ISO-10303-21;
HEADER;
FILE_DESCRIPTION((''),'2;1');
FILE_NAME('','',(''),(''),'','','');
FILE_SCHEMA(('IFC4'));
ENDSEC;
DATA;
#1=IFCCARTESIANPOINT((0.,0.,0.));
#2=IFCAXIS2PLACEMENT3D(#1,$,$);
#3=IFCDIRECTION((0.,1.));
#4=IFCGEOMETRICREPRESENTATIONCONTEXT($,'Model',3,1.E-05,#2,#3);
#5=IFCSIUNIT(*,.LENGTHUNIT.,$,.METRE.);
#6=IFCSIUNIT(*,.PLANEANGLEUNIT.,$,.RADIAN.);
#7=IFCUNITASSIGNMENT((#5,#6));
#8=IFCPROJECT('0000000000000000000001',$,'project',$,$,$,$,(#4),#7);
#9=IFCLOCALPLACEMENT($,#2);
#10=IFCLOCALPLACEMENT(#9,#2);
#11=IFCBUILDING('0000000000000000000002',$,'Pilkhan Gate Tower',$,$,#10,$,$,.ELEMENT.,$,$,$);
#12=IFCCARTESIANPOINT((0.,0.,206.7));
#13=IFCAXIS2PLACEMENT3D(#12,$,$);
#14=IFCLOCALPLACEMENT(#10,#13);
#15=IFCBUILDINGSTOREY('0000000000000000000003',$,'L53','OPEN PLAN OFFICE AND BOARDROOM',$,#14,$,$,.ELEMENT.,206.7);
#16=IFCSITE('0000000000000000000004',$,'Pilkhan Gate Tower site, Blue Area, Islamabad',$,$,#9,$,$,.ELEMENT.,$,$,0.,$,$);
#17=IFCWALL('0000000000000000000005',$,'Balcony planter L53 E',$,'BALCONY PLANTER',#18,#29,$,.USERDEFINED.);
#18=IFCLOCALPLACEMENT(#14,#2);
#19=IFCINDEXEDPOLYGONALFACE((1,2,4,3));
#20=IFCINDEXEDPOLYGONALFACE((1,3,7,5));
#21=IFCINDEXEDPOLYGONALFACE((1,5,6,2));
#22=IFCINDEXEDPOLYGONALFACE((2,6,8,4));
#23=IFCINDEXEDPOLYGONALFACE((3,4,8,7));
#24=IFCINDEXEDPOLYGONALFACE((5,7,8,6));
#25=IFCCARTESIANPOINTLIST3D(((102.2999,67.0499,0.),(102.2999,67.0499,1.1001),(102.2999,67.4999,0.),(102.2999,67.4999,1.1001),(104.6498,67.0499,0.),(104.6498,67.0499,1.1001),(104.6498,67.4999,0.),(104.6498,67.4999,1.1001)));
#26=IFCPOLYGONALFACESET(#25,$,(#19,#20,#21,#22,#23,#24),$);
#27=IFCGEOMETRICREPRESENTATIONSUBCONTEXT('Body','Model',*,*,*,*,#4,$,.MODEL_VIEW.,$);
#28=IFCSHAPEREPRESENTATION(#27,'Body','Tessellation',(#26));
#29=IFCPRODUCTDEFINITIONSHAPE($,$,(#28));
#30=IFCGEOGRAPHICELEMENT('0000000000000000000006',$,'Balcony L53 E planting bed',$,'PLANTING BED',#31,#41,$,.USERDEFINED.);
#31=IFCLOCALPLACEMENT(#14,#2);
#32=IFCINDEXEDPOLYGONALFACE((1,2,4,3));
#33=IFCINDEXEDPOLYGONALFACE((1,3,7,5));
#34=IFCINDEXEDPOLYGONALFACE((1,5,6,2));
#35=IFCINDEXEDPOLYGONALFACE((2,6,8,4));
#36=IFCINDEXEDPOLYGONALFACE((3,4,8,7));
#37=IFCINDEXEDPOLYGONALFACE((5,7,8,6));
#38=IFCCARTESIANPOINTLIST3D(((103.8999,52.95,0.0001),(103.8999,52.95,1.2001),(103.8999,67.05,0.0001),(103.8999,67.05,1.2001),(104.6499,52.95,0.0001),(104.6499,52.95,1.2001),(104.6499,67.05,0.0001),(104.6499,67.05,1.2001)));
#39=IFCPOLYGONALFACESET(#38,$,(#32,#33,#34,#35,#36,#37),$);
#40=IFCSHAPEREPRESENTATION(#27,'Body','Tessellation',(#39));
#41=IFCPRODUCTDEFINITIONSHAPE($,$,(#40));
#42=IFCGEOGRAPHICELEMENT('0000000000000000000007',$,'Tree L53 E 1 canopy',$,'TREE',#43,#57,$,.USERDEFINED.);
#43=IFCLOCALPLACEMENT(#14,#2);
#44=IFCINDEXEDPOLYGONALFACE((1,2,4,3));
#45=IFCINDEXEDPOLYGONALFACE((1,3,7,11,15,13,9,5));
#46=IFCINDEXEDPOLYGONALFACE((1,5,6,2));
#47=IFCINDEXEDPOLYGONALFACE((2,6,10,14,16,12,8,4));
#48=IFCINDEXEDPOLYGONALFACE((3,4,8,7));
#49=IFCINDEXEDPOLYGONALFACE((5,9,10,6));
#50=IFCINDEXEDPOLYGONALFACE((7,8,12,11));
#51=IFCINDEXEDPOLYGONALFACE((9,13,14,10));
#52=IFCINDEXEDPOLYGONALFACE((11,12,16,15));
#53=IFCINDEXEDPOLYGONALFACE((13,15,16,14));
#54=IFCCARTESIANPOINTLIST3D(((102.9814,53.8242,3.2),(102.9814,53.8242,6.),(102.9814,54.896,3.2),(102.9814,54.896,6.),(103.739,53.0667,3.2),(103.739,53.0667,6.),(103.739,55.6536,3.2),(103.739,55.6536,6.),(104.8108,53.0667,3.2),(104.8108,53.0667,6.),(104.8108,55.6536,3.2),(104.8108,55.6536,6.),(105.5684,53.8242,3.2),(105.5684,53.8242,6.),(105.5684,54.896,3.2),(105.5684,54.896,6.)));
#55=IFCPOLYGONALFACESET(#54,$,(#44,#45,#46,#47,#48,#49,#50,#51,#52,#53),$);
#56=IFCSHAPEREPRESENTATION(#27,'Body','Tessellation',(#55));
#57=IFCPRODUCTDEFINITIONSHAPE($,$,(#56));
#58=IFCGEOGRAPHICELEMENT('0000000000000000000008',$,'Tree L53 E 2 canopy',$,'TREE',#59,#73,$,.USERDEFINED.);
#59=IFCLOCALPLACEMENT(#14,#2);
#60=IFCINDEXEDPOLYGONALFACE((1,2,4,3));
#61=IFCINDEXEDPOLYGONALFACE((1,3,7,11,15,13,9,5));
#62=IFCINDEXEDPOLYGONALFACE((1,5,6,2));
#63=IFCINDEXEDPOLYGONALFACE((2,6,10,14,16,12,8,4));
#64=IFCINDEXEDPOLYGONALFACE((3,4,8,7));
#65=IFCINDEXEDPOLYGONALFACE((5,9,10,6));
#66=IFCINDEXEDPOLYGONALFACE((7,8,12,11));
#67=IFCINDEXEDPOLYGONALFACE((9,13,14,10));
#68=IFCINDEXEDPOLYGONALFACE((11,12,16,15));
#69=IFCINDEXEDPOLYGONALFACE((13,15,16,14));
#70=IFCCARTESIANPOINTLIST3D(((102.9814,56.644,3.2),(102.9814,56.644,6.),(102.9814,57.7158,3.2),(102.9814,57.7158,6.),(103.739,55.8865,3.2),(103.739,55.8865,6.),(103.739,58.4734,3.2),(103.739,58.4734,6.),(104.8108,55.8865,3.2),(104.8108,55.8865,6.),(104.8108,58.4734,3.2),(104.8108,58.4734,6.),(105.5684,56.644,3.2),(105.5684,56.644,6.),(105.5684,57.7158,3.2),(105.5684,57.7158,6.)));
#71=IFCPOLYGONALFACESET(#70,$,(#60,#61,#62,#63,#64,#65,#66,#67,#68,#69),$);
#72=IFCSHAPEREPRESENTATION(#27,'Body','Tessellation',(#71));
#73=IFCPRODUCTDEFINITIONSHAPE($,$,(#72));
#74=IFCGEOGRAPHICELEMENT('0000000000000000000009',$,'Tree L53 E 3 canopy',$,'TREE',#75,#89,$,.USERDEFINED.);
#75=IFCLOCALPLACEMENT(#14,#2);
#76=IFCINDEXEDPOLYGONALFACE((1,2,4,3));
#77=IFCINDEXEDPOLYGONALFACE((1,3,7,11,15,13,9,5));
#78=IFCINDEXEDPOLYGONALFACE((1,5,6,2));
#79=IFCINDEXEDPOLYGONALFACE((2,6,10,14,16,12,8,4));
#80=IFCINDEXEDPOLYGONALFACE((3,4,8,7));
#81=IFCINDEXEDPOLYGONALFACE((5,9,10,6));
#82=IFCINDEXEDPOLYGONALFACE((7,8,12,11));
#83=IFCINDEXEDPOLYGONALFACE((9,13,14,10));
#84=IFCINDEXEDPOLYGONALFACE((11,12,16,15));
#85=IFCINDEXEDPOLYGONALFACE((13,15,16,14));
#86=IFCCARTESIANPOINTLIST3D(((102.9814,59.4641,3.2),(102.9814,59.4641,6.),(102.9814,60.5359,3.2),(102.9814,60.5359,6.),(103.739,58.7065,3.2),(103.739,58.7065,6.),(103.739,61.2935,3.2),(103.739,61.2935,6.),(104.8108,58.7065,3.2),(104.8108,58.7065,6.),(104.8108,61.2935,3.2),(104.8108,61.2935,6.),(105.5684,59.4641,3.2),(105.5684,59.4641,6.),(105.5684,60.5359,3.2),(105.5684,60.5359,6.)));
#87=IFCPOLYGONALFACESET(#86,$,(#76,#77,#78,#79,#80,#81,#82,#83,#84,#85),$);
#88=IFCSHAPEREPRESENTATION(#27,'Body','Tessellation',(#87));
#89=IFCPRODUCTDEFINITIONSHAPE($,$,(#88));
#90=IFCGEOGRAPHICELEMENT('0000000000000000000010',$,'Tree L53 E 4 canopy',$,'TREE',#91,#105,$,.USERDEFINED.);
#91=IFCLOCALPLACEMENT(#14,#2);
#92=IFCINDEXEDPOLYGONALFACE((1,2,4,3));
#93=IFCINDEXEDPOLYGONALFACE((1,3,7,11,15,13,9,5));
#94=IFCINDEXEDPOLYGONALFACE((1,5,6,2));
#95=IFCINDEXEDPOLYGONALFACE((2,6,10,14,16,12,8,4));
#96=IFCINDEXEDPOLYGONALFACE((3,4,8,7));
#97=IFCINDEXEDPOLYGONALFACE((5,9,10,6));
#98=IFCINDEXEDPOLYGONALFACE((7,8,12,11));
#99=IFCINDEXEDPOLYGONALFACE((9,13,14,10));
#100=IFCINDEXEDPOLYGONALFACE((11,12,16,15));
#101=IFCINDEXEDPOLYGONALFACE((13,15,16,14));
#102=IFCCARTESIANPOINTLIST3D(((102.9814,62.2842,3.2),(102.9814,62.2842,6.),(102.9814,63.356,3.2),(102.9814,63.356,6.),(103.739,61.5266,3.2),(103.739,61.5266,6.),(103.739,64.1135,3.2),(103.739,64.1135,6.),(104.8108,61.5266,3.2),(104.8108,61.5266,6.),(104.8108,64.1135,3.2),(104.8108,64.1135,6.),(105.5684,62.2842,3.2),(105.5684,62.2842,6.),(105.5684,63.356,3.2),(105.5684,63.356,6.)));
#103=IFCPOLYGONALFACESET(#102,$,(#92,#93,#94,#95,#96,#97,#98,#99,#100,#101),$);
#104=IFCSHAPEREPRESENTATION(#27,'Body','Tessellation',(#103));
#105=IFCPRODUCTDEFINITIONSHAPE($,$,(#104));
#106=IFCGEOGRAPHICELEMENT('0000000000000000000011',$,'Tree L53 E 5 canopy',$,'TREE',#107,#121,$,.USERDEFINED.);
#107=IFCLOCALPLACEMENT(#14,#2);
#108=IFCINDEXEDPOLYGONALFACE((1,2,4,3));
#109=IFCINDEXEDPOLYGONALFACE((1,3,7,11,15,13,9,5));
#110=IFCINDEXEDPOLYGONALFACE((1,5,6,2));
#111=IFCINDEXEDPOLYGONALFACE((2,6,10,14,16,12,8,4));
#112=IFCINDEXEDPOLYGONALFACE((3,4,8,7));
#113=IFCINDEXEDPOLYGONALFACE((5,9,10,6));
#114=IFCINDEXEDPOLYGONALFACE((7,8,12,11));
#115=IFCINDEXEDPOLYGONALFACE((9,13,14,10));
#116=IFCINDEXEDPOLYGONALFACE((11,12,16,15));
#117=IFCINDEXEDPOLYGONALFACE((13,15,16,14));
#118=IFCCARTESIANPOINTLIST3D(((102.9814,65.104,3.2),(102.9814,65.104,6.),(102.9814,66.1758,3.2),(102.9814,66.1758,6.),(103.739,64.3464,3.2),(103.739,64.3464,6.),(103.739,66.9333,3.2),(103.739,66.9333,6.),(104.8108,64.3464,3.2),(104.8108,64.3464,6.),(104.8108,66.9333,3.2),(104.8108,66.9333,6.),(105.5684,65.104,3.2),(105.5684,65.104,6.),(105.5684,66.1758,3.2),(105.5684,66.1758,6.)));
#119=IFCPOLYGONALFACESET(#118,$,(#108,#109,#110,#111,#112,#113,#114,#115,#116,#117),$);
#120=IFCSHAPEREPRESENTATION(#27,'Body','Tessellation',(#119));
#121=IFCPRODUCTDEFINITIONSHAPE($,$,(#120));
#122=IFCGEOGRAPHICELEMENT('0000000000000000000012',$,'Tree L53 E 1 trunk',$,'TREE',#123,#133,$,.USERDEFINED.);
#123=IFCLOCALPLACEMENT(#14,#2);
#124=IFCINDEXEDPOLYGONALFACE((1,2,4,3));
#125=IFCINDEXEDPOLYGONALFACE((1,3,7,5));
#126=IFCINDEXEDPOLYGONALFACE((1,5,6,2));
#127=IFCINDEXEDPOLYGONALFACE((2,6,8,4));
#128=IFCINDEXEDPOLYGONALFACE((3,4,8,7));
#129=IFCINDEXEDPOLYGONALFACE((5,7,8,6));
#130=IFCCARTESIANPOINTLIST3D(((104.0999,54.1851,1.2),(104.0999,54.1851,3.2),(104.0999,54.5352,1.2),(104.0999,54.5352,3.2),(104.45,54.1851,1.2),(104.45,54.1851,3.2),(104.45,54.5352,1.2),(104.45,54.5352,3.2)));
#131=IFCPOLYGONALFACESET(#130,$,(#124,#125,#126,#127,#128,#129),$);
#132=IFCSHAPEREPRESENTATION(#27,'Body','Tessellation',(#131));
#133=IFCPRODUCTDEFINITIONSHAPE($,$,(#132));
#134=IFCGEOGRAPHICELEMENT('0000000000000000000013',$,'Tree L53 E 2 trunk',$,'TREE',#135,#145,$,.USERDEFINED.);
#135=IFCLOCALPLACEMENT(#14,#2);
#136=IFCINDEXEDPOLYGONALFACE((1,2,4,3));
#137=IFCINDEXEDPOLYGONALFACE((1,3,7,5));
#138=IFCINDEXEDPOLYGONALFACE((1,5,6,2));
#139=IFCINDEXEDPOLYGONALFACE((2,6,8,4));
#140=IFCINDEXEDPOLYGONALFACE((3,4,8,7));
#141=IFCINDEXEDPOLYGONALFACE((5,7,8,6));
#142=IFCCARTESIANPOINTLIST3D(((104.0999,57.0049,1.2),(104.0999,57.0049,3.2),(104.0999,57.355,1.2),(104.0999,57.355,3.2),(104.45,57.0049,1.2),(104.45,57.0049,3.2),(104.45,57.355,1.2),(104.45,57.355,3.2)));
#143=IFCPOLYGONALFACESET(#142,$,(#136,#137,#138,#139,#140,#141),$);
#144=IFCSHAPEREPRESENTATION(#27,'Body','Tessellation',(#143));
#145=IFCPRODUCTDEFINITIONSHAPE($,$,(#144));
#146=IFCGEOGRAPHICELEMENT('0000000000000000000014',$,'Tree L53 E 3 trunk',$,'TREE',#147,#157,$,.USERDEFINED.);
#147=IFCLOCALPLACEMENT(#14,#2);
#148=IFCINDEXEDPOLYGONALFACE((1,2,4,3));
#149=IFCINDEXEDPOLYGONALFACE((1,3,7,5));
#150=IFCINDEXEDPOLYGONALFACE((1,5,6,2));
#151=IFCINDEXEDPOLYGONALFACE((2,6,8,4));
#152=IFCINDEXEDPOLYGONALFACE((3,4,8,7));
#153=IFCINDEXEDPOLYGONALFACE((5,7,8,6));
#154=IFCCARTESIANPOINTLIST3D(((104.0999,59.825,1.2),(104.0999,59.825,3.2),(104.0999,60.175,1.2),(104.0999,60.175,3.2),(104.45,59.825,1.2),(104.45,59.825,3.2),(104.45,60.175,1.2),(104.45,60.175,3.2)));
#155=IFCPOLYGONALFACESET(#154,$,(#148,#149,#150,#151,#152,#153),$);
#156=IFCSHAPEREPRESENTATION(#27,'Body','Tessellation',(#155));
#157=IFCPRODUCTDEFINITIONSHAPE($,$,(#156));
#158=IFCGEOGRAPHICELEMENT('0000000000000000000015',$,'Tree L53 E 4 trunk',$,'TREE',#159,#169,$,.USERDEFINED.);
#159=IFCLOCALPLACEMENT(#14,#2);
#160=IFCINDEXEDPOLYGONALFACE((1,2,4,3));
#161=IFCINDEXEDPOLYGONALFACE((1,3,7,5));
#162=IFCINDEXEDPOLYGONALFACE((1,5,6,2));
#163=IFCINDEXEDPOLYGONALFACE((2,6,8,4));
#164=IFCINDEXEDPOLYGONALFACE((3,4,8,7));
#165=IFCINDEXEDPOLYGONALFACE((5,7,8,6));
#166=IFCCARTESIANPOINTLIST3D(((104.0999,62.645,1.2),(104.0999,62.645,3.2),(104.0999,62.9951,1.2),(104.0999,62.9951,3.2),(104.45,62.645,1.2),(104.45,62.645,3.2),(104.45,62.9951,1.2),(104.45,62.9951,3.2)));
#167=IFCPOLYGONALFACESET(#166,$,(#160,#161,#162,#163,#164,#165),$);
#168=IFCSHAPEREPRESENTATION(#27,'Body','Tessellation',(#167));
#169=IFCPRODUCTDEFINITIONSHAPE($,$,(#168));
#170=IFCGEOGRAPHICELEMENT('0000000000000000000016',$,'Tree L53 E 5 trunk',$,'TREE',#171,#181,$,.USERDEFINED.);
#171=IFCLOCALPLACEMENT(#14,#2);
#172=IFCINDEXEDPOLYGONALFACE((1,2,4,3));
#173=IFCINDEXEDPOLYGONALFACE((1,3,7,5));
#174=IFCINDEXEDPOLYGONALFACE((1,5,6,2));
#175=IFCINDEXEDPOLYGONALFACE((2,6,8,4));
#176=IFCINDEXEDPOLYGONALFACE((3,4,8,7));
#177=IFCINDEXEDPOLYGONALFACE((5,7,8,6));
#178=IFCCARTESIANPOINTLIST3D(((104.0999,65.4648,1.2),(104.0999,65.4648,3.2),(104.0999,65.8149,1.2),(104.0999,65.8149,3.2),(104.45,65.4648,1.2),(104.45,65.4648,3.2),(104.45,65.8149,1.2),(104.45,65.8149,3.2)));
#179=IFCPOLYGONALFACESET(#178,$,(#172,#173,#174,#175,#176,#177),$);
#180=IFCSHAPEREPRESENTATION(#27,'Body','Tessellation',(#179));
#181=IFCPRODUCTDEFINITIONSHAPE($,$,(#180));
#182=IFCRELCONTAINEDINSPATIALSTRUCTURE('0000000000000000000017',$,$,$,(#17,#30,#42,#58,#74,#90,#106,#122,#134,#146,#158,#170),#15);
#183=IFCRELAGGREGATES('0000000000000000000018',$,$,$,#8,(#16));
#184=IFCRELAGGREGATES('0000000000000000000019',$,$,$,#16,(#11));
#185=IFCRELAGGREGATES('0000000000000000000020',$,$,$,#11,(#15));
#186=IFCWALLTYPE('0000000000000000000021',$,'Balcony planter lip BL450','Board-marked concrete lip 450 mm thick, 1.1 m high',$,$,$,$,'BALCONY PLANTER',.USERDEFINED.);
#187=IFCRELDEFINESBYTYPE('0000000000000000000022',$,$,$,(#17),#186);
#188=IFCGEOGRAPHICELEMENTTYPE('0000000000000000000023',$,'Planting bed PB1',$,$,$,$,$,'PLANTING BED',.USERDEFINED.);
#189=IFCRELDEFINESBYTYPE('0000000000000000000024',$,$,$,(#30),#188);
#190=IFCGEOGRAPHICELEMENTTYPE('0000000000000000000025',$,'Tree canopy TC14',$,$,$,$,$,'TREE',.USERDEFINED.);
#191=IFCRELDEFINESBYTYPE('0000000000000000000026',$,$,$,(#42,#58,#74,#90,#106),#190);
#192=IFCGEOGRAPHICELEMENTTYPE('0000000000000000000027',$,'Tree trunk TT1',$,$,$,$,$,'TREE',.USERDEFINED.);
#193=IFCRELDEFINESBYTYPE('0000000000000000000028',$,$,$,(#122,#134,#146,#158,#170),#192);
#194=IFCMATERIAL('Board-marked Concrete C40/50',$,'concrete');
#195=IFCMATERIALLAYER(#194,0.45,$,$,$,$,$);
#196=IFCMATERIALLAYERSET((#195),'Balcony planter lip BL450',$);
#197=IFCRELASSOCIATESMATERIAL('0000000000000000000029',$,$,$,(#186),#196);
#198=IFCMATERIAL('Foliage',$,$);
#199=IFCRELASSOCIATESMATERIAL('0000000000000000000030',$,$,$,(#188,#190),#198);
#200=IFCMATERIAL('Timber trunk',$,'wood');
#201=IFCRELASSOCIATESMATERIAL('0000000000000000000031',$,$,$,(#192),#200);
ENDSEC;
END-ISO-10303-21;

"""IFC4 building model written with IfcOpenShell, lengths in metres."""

from ifc_helpers import new_model, si_unit, direction, frame, frame_2d, origin, origin_2d, place, context, subcontext, project, spatial, polyline, rectangle, outline, extrude, material, layer, layer_set, material_profile, profile_set, type_object, element, save


model = new_model("IFC4")

# Units and contexts
model_context = context("Model", 3, precision=1e-05, world=origin(), true_north=direction((0.0, 1.0)))
body_context = subcontext(model_context, "Body", "Model", "MODEL_VIEW")
ifc_project = project(units=[si_unit("LENGTHUNIT", "METRE"), si_unit("PLANEANGLEUNIT", "RADIAN")], contexts=[model_context])

# Site, building, storey
site_placement = place(None, origin())
site = spatial("IfcSite", under=ifc_project, at=site_placement, Name="Pilkhan Gate Tower site, Blue Area, Islamabad", CompositionType="ELEMENT", RefElevation=0.0)
building_placement = place(site_placement, origin())
building = spatial("IfcBuilding", under=site, at=building_placement, Name="Pilkhan Gate Tower", CompositionType="ELEMENT")
storey_placement = place(building_placement, frame((0.0, 0.0, 206.7)))
storey = spatial("IfcBuildingStorey", under=building, at=storey_placement, Name="L53", Description="OPEN PLAN OFFICE AND BOARDROOM", CompositionType="ELEMENT", Elevation=206.7)

# Wall
ifc_material_1 = material(Name="Board-marked Concrete C40/50", Category="concrete")
ifc_layer_1 = layer(ifc_material_1, 0.45)
ifc_layer_set_1 = layer_set([ifc_layer_1], Name="Balcony planter lip BL450")
wall_type_1 = type_object("IfcWallType", Name="Balcony planter lip BL450", Description="Board-marked concrete lip 450 mm thick, 1.1 m high", ElementType="BALCONY PLANTER", PredefinedType="USERDEFINED", material=ifc_layer_set_1)
for number, where, z_axis, x_axis, name in (
    (1, (102.3, 67.2749, 0.0), (0.0, 0.0, 1.0), (1.0, 0.0, 0.0), "Balcony planter L53 E"),
):
    element("IfcWall", number, at=place(storey_placement, frame(where, z_axis=z_axis, x_axis=x_axis)), inside=storey, type_object=wall_type_1, Name=name, ObjectType="BALCONY PLANTER", PredefinedType="USERDEFINED", context=body_context, shape_type="SweptSolid", body=[
        extrude(rectangle(XDim=2.3499, YDim=0.45, at=frame_2d((1.1748, 0.0))), origin(), (0.0, 0.0, 1.0), 1.1001),
    ])

# Geographic elements
ifc_material_2 = material(Name="Foliage")
ifc_material_profile_1 = material_profile(ifc_material_2, rectangle(XDim=0.75, YDim=1.2, at=origin_2d()), Name="Bed 750x1200")
ifc_profile_set_1 = profile_set([ifc_material_profile_1], Name="Foliage")
geographic_element_type_1 = type_object("IfcGeographicElementType", Name="Planting bed PB1", ElementType="PLANTING BED", PredefinedType="USERDEFINED", material=ifc_profile_set_1)
geographic_element_placement = place(storey_placement, frame((104.2749, 52.95, 0.6001), z_axis=(0.0, 1.0, 0.0), x_axis=(-1.0, 0.0, 0.0)))
element("IfcGeographicElement", 2, at=geographic_element_placement, inside=storey, type_object=geographic_element_type_1, Name="Balcony L53 E planting bed", ObjectType="PLANTING BED", PredefinedType="USERDEFINED", context=body_context, shape_type="SweptSolid", body=[
    extrude(rectangle(XDim=0.75, YDim=1.2, at=origin_2d()), origin(), (0.0, 0.0, 1.0), 14.1001),
])
ifc_material_profile_2 = material_profile(ifc_material_2, outline(polyline([(1.2935, 0.5359), (0.5359, 1.2935), (-0.5359, 1.2935), (-1.2935, 0.5359), (-1.2935, -0.5359), (-0.5359, -1.2935), (0.5359, -1.2935), (1.2935, -0.5359), (1.2935, 0.5359)])), Name="Canopy D2.8")
ifc_profile_set_2 = profile_set([ifc_material_profile_2], Name="Foliage")
geographic_element_type_2 = type_object("IfcGeographicElementType", Name="Tree canopy TC14", ElementType="TREE", PredefinedType="USERDEFINED", material=ifc_profile_set_2)
for number, where, z_axis, x_axis, name in (
    (3, (104.2749, 54.3601, 3.2), (0.0, 0.0, 1.0), (1.0, 0.0, 0.0), "Tree L53 E 1 canopy"),
    (4, (104.2749, 57.1799, 3.2), (0.0, 0.0, 1.0), (1.0, 0.0, 0.0), "Tree L53 E 2 canopy"),
    (5, (104.2749, 60.0, 3.2), (0.0, 0.0, 1.0), (1.0, 0.0, 0.0), "Tree L53 E 3 canopy"),
    (6, (104.2749, 62.8201, 3.2), (0.0, 0.0, 1.0), (1.0, 0.0, 0.0), "Tree L53 E 4 canopy"),
    (7, (104.2749, 65.6399, 3.2), (0.0, 0.0, 1.0), (1.0, 0.0, 0.0), "Tree L53 E 5 canopy"),
):
    element("IfcGeographicElement", number, at=place(storey_placement, frame(where, z_axis=z_axis, x_axis=x_axis)), inside=storey, type_object=geographic_element_type_2, Name=name, ObjectType="TREE", PredefinedType="USERDEFINED", context=body_context, shape_type="SweptSolid", body=[
        extrude(outline(polyline([(1.2935, 0.5359), (0.5359, 1.2935), (-0.5359, 1.2935), (-1.2935, 0.5359), (-1.2935, -0.5359), (-0.5359, -1.2935), (0.5359, -1.2935), (1.2935, -0.5359), (1.2935, 0.5359)])), origin(), (0.0, 0.0, 1.0), 2.8),
    ])
ifc_material_3 = material(Name="Timber trunk", Category="wood")
geographic_element_type_3 = type_object("IfcGeographicElementType", Name="Tree trunk TT1", ElementType="TREE", PredefinedType="USERDEFINED", material=ifc_material_3)
for number, where, z_axis, x_axis, name in (
    (8, (104.2749, 54.3601, 1.2), (0.0, 0.0, 1.0), (1.0, 0.0, 0.0), "Tree L53 E 1 trunk"),
    (9, (104.2749, 57.1799, 1.2), (0.0, 0.0, 1.0), (1.0, 0.0, 0.0), "Tree L53 E 2 trunk"),
    (10, (104.2749, 60.0, 1.2), (0.0, 0.0, 1.0), (1.0, 0.0, 0.0), "Tree L53 E 3 trunk"),
    (11, (104.2749, 62.8201, 1.2), (0.0, 0.0, 1.0), (1.0, 0.0, 0.0), "Tree L53 E 4 trunk"),
    (12, (104.2749, 65.6399, 1.2), (0.0, 0.0, 1.0), (1.0, 0.0, 0.0), "Tree L53 E 5 trunk"),
):
    element("IfcGeographicElement", number, at=place(storey_placement, frame(where, z_axis=z_axis, x_axis=x_axis)), inside=storey, type_object=geographic_element_type_3, Name=name, ObjectType="TREE", PredefinedType="USERDEFINED", context=body_context, shape_type="SweptSolid", body=[
        extrude(rectangle(XDim=0.3501, YDim=0.3501, at=origin_2d()), origin(), (0.0, 0.0, 1.0), 2.0),
    ])

save(model, "model.ifc")
